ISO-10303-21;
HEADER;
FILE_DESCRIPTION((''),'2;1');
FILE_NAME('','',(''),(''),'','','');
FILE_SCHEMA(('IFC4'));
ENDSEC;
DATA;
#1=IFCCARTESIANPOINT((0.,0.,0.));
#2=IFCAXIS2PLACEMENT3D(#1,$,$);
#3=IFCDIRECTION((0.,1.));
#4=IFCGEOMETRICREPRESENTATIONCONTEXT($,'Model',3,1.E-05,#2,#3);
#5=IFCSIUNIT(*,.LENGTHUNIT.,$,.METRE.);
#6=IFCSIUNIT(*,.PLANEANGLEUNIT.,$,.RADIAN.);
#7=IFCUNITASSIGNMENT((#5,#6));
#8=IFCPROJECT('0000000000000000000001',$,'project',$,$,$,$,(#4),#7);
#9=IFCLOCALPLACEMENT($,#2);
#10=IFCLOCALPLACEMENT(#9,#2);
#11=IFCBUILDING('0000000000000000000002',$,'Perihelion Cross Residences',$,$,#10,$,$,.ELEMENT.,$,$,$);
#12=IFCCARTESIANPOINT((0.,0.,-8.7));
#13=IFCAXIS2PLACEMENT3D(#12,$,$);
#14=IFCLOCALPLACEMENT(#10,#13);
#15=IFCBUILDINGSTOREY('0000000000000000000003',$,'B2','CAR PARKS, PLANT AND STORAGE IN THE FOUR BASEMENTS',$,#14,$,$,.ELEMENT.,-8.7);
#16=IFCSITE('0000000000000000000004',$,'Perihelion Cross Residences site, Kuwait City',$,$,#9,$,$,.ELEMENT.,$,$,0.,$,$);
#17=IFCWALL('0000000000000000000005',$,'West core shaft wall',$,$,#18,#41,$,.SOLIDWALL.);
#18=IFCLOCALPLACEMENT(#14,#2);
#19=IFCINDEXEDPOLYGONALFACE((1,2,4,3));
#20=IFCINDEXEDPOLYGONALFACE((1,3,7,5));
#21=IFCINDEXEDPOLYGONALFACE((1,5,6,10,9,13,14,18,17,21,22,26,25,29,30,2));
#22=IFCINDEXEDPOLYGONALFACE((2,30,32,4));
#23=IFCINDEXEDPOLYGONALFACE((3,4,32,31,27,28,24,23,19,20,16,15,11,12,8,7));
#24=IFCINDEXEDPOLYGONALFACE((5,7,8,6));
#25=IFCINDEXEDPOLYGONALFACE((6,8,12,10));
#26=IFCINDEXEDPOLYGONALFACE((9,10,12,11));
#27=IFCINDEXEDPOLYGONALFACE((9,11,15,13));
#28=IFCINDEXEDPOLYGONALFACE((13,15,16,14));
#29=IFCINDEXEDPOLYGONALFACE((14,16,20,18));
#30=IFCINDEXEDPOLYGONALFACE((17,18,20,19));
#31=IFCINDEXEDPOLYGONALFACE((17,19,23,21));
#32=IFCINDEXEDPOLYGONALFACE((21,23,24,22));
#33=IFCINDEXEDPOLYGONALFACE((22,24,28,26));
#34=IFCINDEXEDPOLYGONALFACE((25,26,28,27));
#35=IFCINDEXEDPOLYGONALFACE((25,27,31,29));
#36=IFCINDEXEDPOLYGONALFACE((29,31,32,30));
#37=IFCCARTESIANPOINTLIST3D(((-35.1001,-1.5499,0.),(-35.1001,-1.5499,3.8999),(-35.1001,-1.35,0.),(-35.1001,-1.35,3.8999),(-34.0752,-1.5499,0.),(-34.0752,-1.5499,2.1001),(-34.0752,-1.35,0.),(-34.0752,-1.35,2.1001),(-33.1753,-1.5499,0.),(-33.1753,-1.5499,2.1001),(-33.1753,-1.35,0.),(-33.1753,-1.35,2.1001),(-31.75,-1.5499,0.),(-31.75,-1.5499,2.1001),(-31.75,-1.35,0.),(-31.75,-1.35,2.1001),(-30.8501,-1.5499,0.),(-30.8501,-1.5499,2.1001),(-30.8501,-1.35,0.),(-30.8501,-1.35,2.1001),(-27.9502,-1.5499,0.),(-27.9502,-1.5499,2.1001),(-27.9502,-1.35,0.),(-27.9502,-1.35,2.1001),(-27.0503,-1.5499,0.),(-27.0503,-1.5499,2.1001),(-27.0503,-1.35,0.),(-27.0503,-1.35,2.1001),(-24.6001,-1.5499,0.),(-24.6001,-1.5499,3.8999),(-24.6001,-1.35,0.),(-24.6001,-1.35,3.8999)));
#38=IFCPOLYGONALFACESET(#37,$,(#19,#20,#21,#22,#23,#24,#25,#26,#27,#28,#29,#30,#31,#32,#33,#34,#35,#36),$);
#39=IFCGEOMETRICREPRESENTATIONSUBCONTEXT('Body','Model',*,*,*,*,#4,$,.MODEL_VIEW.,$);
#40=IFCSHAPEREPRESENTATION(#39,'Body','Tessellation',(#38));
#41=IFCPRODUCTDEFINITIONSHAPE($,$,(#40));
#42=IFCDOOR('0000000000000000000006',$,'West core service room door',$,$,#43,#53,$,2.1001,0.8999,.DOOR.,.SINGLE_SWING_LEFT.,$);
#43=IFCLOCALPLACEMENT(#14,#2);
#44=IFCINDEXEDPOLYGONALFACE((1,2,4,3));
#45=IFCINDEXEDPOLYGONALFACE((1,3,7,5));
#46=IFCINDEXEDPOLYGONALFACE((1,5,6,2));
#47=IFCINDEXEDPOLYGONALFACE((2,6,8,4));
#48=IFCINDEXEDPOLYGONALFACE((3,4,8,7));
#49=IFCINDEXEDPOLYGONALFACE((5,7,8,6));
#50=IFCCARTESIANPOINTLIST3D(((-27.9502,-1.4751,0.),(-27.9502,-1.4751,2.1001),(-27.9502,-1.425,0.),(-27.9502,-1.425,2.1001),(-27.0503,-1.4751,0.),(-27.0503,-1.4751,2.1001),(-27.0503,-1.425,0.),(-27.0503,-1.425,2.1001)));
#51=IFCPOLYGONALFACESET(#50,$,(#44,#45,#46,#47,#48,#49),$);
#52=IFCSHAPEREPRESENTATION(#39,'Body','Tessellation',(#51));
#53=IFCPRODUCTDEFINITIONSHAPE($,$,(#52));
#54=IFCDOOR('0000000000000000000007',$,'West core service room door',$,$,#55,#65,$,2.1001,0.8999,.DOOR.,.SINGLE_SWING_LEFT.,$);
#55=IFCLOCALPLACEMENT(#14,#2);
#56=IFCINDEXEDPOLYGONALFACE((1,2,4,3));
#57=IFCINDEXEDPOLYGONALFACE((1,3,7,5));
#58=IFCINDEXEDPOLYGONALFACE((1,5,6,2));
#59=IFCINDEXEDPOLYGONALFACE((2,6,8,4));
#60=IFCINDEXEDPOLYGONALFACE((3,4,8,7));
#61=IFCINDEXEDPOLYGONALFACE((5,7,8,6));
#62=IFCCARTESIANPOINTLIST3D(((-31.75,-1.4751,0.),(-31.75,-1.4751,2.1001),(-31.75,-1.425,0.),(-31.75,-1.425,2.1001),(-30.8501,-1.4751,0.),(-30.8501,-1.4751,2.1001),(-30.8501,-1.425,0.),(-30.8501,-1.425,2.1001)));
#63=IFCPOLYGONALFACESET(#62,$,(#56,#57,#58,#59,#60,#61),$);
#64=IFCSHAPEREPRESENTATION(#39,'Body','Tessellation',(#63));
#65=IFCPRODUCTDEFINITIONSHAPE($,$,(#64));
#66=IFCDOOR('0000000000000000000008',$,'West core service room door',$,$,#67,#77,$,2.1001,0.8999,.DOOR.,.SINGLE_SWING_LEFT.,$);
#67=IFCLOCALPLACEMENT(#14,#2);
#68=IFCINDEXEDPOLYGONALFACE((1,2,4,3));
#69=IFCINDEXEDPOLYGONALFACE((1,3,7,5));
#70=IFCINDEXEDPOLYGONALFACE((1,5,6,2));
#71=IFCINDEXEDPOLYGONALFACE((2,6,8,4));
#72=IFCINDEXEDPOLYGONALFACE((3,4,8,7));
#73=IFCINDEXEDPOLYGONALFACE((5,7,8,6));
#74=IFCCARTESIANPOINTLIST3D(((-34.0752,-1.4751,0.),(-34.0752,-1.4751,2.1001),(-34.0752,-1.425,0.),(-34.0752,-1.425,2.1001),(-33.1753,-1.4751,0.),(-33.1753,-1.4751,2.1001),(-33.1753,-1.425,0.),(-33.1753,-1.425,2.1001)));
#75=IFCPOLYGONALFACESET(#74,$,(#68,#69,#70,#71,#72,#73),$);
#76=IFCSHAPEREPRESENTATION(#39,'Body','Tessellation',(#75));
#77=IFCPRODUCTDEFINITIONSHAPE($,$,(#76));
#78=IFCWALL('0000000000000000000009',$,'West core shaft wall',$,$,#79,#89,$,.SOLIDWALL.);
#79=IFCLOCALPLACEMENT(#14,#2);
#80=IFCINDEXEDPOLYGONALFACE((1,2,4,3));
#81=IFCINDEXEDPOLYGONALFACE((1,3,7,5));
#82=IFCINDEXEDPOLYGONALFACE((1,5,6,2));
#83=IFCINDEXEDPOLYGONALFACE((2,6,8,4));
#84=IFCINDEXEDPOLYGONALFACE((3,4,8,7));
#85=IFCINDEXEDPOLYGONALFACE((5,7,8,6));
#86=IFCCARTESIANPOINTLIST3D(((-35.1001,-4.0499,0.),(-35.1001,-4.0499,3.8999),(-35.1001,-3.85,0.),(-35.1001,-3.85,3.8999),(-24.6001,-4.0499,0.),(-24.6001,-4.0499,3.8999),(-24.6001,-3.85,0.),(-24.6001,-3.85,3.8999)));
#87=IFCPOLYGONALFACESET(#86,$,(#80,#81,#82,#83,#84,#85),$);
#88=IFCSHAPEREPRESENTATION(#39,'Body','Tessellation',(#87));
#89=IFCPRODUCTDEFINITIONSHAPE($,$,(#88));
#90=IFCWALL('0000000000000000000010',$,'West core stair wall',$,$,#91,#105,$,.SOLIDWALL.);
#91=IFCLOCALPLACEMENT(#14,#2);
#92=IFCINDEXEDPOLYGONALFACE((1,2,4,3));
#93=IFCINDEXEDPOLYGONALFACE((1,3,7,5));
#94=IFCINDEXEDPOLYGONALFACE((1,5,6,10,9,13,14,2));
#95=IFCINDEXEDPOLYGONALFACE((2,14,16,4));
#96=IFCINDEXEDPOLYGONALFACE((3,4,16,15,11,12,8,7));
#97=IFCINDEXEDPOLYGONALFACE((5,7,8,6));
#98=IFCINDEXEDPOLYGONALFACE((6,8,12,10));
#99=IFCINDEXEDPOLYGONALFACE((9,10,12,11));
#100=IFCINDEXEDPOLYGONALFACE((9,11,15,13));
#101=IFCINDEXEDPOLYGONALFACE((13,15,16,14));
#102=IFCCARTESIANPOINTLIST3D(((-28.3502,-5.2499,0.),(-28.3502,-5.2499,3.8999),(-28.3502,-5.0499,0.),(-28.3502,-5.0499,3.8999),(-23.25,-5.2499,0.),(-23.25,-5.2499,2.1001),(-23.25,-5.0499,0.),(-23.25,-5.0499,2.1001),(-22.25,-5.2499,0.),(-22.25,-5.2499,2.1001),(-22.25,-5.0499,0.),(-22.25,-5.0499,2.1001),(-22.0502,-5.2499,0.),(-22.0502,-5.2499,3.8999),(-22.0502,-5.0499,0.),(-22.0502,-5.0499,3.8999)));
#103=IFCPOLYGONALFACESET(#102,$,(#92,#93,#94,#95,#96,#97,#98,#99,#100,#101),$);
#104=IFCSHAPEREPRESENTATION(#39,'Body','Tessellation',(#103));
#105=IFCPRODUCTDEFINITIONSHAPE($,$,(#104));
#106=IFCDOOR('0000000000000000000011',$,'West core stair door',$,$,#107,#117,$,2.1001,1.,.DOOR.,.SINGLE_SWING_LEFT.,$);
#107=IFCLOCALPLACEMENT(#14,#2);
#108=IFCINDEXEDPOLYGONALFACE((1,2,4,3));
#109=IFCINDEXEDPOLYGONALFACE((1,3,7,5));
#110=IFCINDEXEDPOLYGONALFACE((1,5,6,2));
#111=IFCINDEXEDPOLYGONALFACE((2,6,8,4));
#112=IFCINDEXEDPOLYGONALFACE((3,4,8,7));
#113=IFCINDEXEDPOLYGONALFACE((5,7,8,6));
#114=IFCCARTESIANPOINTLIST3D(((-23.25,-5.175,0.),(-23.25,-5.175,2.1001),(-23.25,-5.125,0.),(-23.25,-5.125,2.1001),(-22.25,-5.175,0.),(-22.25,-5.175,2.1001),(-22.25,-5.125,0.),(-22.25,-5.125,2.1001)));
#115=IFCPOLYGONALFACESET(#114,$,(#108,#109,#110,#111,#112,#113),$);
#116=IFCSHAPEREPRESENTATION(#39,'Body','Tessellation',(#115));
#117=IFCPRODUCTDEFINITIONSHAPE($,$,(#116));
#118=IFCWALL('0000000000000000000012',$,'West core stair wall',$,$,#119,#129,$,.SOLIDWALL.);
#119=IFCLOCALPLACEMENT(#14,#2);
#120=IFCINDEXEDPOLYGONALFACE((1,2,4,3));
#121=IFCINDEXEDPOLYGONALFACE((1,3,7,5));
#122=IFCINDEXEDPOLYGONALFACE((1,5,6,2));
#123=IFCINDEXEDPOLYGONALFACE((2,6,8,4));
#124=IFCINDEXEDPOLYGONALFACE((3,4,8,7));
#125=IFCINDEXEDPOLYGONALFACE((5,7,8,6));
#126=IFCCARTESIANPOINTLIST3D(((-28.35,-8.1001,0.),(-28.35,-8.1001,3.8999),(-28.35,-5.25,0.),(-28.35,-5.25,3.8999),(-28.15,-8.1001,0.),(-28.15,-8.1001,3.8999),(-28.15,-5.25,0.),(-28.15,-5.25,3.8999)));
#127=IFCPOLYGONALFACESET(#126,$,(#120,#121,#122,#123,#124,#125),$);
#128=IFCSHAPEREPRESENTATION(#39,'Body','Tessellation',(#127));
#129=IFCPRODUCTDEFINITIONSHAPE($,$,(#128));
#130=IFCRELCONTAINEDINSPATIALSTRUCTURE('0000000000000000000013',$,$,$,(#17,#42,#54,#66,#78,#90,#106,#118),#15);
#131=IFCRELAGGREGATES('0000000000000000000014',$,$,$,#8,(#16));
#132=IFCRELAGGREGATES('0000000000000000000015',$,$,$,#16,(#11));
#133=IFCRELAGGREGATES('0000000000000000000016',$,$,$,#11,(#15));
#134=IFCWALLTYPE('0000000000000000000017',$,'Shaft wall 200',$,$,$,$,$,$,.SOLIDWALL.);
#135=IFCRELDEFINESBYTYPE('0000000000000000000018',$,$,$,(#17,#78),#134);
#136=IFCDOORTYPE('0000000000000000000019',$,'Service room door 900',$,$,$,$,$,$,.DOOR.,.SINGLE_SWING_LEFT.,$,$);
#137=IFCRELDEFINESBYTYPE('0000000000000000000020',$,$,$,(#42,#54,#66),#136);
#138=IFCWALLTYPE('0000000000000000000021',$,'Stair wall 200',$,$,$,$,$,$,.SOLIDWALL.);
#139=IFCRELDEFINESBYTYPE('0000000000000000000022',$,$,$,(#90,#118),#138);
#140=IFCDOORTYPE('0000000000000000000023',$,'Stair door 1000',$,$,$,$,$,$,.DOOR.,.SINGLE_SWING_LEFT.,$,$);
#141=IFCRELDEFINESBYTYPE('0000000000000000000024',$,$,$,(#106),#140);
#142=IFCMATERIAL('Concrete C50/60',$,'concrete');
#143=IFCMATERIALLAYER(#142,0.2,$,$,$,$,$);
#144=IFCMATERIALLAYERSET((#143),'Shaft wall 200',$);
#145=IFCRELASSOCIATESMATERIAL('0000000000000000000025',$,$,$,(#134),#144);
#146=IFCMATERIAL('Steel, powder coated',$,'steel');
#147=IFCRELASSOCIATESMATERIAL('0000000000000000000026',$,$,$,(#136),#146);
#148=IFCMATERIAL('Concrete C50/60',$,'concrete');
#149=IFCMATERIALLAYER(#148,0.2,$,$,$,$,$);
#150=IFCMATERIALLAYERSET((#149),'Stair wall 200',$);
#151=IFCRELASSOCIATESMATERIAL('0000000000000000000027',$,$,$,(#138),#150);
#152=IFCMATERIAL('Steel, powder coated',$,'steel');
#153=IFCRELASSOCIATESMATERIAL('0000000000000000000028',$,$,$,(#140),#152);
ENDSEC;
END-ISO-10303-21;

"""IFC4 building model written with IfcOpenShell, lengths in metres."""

from ifc_helpers import new_model, si_unit, direction, frame, frame_2d, origin, place, context, subcontext, project, spatial, rectangle, extrude, material, layer, layer_set, type_object, element, fill, save


model = new_model("IFC4")

# Units and contexts
model_context = context("Model", 3, precision=1e-05, world=origin(), true_north=direction((0.0, 1.0)))
body_context = subcontext(model_context, "Body", "Model", "MODEL_VIEW")
ifc_project = project(units=[si_unit("LENGTHUNIT", "METRE"), si_unit("PLANEANGLEUNIT", "RADIAN")], contexts=[model_context])

# Site, building, storey
site_placement = place(None, origin())
site = spatial("IfcSite", under=ifc_project, at=site_placement, Name="Perihelion Cross Residences site, Kuwait City", CompositionType="ELEMENT", RefElevation=0.0)
building_placement = place(site_placement, origin())
building = spatial("IfcBuilding", under=site, at=building_placement, Name="Perihelion Cross Residences", CompositionType="ELEMENT")
storey_placement = place(building_placement, frame((0.0, 0.0, -8.7)))
storey = spatial("IfcBuildingStorey", under=building, at=storey_placement, Name="B2", Description="CAR PARKS, PLANT AND STORAGE IN THE FOUR BASEMENTS", CompositionType="ELEMENT", Elevation=-8.7)

# Wall, openings, doors
ifc_material_1 = material(Name="Concrete C50/60", Category="concrete")
ifc_layer_1 = layer(ifc_material_1, 0.2)
ifc_layer_set_1 = layer_set([ifc_layer_1], Name="Shaft wall 200")
wall_type_1 = type_object("IfcWallType", Name="Shaft wall 200", PredefinedType="SOLIDWALL", material=ifc_layer_set_1)
wall_1_placement = place(storey_placement, frame((-35.1001, -1.45, 0.0), z_axis=(0.0, 0.0, 1.0), x_axis=(1.0, 0.0, 0.0)))
wall_1 = element("IfcWall", 1, at=wall_1_placement, inside=storey, type_object=wall_type_1, Name="West core shaft wall", PredefinedType="SOLIDWALL", context=body_context, shape_type="SweptSolid", body=[
    extrude(rectangle(XDim=10.5, YDim=0.2, at=frame_2d((5.25, 0.0))), origin(), (0.0, 0.0, 1.0), 3.8999),
])
opening_1_placement = place(wall_1_placement, frame((7.1499, 0.0, 0.0)))
opening_1 = element("IfcOpeningElement", 2, at=opening_1_placement, cuts=wall_1, PredefinedType="OPENING", context=body_context, shape_type="SweptSolid", body=[
    extrude(rectangle(XDim=0.8999, YDim=2.1001, at=frame_2d((0.45, 1.05))), frame((0.0, 0.1099, 0.0), z_axis=(0.0, -1.0, 0.0), x_axis=(1.0, 0.0, 0.0)), (0.0, 0.0, 1.0), 0.22),
])
opening_2_placement = place(wall_1_placement, frame((3.3501, 0.0, 0.0)))
opening_2 = element("IfcOpeningElement", 3, at=opening_2_placement, cuts=wall_1, PredefinedType="OPENING", context=body_context, shape_type="SweptSolid", body=[
    extrude(rectangle(XDim=0.8999, YDim=2.1001, at=frame_2d((0.45, 1.05))), frame((0.0, 0.1099, 0.0), z_axis=(0.0, -1.0, 0.0), x_axis=(1.0, 0.0, 0.0)), (0.0, 0.0, 1.0), 0.22),
])
opening_3_placement = place(wall_1_placement, frame((1.0249, 0.0, 0.0)))
opening_3 = element("IfcOpeningElement", 4, at=opening_3_placement, cuts=wall_1, PredefinedType="OPENING", context=body_context, shape_type="SweptSolid", body=[
    extrude(rectangle(XDim=0.8999, YDim=2.1001, at=frame_2d((0.45, 1.05))), frame((0.0, 0.1099, 0.0), z_axis=(0.0, -1.0, 0.0), x_axis=(1.0, 0.0, 0.0)), (0.0, 0.0, 1.0), 0.22),
])
ifc_material_2 = material(Name="Steel, powder coated", Category="steel")
door_type_1 = type_object("IfcDoorType", Name="Service room door 900", OperationType="SINGLE_SWING_LEFT", PredefinedType="DOOR", material=ifc_material_2)
door_1_placement = place(opening_1_placement, origin())
door_1 = element("IfcDoor", 5, at=door_1_placement, inside=storey, type_object=door_type_1, Name="West core service room door", OperationType="SINGLE_SWING_LEFT", OverallHeight=2.1001, OverallWidth=0.8999, PredefinedType="DOOR", context=body_context, shape_type="SweptSolid", body=[
    extrude(rectangle(XDim=0.8999, YDim=2.1001, at=frame_2d((0.45, 1.05))), frame((0.0, 0.0249, 0.0), z_axis=(0.0, -1.0, 0.0), x_axis=(1.0, 0.0, 0.0)), (0.0, 0.0, 1.0), 0.05),
])
fill(opening_1, door_1)
door_2_placement = place(opening_2_placement, origin())
door_2 = element("IfcDoor", 6, at=door_2_placement, inside=storey, type_object=door_type_1, Name="West core service room door", OperationType="SINGLE_SWING_LEFT", OverallHeight=2.1001, OverallWidth=0.8999, PredefinedType="DOOR", context=body_context, shape_type="SweptSolid", body=[
    extrude(rectangle(XDim=0.8999, YDim=2.1001, at=frame_2d((0.45, 1.05))), frame((0.0, 0.0249, 0.0), z_axis=(0.0, -1.0, 0.0), x_axis=(1.0, 0.0, 0.0)), (0.0, 0.0, 1.0), 0.05),
])
fill(opening_2, door_2)
door_3_placement = place(opening_3_placement, origin())
door_3 = element("IfcDoor", 7, at=door_3_placement, inside=storey, type_object=door_type_1, Name="West core service room door", OperationType="SINGLE_SWING_LEFT", OverallHeight=2.1001, OverallWidth=0.8999, PredefinedType="DOOR", context=body_context, shape_type="SweptSolid", body=[
    extrude(rectangle(XDim=0.8999, YDim=2.1001, at=frame_2d((0.45, 1.05))), frame((0.0, 0.0249, 0.0), z_axis=(0.0, -1.0, 0.0), x_axis=(1.0, 0.0, 0.0)), (0.0, 0.0, 1.0), 0.05),
])
fill(opening_3, door_3)

# Wall
wall_2_placement = place(storey_placement, frame((-35.1001, -3.95, 0.0), z_axis=(0.0, 0.0, 1.0), x_axis=(1.0, 0.0, 0.0)))
element("IfcWall", 8, at=wall_2_placement, inside=storey, type_object=wall_type_1, Name="West core shaft wall", PredefinedType="SOLIDWALL", context=body_context, shape_type="SweptSolid", body=[
    extrude(rectangle(XDim=10.5, YDim=0.2, at=frame_2d((5.25, 0.0))), origin(), (0.0, 0.0, 1.0), 3.8999),
])

# Wall, opening, door
ifc_material_3 = material(Name="Concrete C50/60", Category="concrete")
ifc_layer_2 = layer(ifc_material_3, 0.2)
ifc_layer_set_2 = layer_set([ifc_layer_2], Name="Stair wall 200")
wall_type_2 = type_object("IfcWallType", Name="Stair wall 200", PredefinedType="SOLIDWALL", material=ifc_layer_set_2)
wall_3_placement = place(storey_placement, frame((-28.3501, -5.1499, 0.0), z_axis=(0.0, 0.0, 1.0), x_axis=(1.0, 0.0, 0.0)))
wall_3 = element("IfcWall", 9, at=wall_3_placement, inside=storey, type_object=wall_type_2, Name="West core stair wall", PredefinedType="SOLIDWALL", context=body_context, shape_type="SweptSolid", body=[
    extrude(rectangle(XDim=6.3, YDim=0.2, at=frame_2d((3.1499, 0.0))), origin(), (0.0, 0.0, 1.0), 3.8999),
])
opening_4_placement = place(wall_3_placement, frame((5.1001, 0.0, 0.0)))
opening_4 = element("IfcOpeningElement", 10, at=opening_4_placement, cuts=wall_3, PredefinedType="OPENING", context=body_context, shape_type="SweptSolid", body=[
    extrude(rectangle(XDim=1.0, YDim=2.1001, at=frame_2d((0.5, 1.05))), frame((0.0, 0.1099, 0.0), z_axis=(0.0, -1.0, 0.0), x_axis=(1.0, 0.0, 0.0)), (0.0, 0.0, 1.0), 0.22),
])
ifc_material_4 = material(Name="Steel, powder coated", Category="steel")
door_type_2 = type_object("IfcDoorType", Name="Stair door 1000", OperationType="SINGLE_SWING_LEFT", PredefinedType="DOOR", material=ifc_material_4)
door_4_placement = place(opening_4_placement, origin())
door_4 = element("IfcDoor", 11, at=door_4_placement, inside=storey, type_object=door_type_2, Name="West core stair door", OperationType="SINGLE_SWING_LEFT", OverallHeight=2.1001, OverallWidth=1.0, PredefinedType="DOOR", context=body_context, shape_type="SweptSolid", body=[
    extrude(rectangle(XDim=1.0, YDim=2.1001, at=frame_2d((0.5, 1.05))), frame((0.0, 0.0249, 0.0), z_axis=(0.0, -1.0, 0.0), x_axis=(1.0, 0.0, 0.0)), (0.0, 0.0, 1.0), 0.05),
])
fill(opening_4, door_4)

# Wall
wall_4_placement = place(storey_placement, frame((-28.25, -8.1001, 0.0), z_axis=(0.0, 0.0, 1.0), x_axis=(0.0, 1.0, 0.0)))
element("IfcWall", 12, at=wall_4_placement, inside=storey, type_object=wall_type_2, Name="West core stair wall", PredefinedType="SOLIDWALL", context=body_context, shape_type="SweptSolid", body=[
    extrude(rectangle(XDim=2.8501, YDim=0.2, at=frame_2d((1.425, 0.0))), origin(), (0.0, 0.0, 1.0), 3.8999),
])

save(model, "model.ifc")
